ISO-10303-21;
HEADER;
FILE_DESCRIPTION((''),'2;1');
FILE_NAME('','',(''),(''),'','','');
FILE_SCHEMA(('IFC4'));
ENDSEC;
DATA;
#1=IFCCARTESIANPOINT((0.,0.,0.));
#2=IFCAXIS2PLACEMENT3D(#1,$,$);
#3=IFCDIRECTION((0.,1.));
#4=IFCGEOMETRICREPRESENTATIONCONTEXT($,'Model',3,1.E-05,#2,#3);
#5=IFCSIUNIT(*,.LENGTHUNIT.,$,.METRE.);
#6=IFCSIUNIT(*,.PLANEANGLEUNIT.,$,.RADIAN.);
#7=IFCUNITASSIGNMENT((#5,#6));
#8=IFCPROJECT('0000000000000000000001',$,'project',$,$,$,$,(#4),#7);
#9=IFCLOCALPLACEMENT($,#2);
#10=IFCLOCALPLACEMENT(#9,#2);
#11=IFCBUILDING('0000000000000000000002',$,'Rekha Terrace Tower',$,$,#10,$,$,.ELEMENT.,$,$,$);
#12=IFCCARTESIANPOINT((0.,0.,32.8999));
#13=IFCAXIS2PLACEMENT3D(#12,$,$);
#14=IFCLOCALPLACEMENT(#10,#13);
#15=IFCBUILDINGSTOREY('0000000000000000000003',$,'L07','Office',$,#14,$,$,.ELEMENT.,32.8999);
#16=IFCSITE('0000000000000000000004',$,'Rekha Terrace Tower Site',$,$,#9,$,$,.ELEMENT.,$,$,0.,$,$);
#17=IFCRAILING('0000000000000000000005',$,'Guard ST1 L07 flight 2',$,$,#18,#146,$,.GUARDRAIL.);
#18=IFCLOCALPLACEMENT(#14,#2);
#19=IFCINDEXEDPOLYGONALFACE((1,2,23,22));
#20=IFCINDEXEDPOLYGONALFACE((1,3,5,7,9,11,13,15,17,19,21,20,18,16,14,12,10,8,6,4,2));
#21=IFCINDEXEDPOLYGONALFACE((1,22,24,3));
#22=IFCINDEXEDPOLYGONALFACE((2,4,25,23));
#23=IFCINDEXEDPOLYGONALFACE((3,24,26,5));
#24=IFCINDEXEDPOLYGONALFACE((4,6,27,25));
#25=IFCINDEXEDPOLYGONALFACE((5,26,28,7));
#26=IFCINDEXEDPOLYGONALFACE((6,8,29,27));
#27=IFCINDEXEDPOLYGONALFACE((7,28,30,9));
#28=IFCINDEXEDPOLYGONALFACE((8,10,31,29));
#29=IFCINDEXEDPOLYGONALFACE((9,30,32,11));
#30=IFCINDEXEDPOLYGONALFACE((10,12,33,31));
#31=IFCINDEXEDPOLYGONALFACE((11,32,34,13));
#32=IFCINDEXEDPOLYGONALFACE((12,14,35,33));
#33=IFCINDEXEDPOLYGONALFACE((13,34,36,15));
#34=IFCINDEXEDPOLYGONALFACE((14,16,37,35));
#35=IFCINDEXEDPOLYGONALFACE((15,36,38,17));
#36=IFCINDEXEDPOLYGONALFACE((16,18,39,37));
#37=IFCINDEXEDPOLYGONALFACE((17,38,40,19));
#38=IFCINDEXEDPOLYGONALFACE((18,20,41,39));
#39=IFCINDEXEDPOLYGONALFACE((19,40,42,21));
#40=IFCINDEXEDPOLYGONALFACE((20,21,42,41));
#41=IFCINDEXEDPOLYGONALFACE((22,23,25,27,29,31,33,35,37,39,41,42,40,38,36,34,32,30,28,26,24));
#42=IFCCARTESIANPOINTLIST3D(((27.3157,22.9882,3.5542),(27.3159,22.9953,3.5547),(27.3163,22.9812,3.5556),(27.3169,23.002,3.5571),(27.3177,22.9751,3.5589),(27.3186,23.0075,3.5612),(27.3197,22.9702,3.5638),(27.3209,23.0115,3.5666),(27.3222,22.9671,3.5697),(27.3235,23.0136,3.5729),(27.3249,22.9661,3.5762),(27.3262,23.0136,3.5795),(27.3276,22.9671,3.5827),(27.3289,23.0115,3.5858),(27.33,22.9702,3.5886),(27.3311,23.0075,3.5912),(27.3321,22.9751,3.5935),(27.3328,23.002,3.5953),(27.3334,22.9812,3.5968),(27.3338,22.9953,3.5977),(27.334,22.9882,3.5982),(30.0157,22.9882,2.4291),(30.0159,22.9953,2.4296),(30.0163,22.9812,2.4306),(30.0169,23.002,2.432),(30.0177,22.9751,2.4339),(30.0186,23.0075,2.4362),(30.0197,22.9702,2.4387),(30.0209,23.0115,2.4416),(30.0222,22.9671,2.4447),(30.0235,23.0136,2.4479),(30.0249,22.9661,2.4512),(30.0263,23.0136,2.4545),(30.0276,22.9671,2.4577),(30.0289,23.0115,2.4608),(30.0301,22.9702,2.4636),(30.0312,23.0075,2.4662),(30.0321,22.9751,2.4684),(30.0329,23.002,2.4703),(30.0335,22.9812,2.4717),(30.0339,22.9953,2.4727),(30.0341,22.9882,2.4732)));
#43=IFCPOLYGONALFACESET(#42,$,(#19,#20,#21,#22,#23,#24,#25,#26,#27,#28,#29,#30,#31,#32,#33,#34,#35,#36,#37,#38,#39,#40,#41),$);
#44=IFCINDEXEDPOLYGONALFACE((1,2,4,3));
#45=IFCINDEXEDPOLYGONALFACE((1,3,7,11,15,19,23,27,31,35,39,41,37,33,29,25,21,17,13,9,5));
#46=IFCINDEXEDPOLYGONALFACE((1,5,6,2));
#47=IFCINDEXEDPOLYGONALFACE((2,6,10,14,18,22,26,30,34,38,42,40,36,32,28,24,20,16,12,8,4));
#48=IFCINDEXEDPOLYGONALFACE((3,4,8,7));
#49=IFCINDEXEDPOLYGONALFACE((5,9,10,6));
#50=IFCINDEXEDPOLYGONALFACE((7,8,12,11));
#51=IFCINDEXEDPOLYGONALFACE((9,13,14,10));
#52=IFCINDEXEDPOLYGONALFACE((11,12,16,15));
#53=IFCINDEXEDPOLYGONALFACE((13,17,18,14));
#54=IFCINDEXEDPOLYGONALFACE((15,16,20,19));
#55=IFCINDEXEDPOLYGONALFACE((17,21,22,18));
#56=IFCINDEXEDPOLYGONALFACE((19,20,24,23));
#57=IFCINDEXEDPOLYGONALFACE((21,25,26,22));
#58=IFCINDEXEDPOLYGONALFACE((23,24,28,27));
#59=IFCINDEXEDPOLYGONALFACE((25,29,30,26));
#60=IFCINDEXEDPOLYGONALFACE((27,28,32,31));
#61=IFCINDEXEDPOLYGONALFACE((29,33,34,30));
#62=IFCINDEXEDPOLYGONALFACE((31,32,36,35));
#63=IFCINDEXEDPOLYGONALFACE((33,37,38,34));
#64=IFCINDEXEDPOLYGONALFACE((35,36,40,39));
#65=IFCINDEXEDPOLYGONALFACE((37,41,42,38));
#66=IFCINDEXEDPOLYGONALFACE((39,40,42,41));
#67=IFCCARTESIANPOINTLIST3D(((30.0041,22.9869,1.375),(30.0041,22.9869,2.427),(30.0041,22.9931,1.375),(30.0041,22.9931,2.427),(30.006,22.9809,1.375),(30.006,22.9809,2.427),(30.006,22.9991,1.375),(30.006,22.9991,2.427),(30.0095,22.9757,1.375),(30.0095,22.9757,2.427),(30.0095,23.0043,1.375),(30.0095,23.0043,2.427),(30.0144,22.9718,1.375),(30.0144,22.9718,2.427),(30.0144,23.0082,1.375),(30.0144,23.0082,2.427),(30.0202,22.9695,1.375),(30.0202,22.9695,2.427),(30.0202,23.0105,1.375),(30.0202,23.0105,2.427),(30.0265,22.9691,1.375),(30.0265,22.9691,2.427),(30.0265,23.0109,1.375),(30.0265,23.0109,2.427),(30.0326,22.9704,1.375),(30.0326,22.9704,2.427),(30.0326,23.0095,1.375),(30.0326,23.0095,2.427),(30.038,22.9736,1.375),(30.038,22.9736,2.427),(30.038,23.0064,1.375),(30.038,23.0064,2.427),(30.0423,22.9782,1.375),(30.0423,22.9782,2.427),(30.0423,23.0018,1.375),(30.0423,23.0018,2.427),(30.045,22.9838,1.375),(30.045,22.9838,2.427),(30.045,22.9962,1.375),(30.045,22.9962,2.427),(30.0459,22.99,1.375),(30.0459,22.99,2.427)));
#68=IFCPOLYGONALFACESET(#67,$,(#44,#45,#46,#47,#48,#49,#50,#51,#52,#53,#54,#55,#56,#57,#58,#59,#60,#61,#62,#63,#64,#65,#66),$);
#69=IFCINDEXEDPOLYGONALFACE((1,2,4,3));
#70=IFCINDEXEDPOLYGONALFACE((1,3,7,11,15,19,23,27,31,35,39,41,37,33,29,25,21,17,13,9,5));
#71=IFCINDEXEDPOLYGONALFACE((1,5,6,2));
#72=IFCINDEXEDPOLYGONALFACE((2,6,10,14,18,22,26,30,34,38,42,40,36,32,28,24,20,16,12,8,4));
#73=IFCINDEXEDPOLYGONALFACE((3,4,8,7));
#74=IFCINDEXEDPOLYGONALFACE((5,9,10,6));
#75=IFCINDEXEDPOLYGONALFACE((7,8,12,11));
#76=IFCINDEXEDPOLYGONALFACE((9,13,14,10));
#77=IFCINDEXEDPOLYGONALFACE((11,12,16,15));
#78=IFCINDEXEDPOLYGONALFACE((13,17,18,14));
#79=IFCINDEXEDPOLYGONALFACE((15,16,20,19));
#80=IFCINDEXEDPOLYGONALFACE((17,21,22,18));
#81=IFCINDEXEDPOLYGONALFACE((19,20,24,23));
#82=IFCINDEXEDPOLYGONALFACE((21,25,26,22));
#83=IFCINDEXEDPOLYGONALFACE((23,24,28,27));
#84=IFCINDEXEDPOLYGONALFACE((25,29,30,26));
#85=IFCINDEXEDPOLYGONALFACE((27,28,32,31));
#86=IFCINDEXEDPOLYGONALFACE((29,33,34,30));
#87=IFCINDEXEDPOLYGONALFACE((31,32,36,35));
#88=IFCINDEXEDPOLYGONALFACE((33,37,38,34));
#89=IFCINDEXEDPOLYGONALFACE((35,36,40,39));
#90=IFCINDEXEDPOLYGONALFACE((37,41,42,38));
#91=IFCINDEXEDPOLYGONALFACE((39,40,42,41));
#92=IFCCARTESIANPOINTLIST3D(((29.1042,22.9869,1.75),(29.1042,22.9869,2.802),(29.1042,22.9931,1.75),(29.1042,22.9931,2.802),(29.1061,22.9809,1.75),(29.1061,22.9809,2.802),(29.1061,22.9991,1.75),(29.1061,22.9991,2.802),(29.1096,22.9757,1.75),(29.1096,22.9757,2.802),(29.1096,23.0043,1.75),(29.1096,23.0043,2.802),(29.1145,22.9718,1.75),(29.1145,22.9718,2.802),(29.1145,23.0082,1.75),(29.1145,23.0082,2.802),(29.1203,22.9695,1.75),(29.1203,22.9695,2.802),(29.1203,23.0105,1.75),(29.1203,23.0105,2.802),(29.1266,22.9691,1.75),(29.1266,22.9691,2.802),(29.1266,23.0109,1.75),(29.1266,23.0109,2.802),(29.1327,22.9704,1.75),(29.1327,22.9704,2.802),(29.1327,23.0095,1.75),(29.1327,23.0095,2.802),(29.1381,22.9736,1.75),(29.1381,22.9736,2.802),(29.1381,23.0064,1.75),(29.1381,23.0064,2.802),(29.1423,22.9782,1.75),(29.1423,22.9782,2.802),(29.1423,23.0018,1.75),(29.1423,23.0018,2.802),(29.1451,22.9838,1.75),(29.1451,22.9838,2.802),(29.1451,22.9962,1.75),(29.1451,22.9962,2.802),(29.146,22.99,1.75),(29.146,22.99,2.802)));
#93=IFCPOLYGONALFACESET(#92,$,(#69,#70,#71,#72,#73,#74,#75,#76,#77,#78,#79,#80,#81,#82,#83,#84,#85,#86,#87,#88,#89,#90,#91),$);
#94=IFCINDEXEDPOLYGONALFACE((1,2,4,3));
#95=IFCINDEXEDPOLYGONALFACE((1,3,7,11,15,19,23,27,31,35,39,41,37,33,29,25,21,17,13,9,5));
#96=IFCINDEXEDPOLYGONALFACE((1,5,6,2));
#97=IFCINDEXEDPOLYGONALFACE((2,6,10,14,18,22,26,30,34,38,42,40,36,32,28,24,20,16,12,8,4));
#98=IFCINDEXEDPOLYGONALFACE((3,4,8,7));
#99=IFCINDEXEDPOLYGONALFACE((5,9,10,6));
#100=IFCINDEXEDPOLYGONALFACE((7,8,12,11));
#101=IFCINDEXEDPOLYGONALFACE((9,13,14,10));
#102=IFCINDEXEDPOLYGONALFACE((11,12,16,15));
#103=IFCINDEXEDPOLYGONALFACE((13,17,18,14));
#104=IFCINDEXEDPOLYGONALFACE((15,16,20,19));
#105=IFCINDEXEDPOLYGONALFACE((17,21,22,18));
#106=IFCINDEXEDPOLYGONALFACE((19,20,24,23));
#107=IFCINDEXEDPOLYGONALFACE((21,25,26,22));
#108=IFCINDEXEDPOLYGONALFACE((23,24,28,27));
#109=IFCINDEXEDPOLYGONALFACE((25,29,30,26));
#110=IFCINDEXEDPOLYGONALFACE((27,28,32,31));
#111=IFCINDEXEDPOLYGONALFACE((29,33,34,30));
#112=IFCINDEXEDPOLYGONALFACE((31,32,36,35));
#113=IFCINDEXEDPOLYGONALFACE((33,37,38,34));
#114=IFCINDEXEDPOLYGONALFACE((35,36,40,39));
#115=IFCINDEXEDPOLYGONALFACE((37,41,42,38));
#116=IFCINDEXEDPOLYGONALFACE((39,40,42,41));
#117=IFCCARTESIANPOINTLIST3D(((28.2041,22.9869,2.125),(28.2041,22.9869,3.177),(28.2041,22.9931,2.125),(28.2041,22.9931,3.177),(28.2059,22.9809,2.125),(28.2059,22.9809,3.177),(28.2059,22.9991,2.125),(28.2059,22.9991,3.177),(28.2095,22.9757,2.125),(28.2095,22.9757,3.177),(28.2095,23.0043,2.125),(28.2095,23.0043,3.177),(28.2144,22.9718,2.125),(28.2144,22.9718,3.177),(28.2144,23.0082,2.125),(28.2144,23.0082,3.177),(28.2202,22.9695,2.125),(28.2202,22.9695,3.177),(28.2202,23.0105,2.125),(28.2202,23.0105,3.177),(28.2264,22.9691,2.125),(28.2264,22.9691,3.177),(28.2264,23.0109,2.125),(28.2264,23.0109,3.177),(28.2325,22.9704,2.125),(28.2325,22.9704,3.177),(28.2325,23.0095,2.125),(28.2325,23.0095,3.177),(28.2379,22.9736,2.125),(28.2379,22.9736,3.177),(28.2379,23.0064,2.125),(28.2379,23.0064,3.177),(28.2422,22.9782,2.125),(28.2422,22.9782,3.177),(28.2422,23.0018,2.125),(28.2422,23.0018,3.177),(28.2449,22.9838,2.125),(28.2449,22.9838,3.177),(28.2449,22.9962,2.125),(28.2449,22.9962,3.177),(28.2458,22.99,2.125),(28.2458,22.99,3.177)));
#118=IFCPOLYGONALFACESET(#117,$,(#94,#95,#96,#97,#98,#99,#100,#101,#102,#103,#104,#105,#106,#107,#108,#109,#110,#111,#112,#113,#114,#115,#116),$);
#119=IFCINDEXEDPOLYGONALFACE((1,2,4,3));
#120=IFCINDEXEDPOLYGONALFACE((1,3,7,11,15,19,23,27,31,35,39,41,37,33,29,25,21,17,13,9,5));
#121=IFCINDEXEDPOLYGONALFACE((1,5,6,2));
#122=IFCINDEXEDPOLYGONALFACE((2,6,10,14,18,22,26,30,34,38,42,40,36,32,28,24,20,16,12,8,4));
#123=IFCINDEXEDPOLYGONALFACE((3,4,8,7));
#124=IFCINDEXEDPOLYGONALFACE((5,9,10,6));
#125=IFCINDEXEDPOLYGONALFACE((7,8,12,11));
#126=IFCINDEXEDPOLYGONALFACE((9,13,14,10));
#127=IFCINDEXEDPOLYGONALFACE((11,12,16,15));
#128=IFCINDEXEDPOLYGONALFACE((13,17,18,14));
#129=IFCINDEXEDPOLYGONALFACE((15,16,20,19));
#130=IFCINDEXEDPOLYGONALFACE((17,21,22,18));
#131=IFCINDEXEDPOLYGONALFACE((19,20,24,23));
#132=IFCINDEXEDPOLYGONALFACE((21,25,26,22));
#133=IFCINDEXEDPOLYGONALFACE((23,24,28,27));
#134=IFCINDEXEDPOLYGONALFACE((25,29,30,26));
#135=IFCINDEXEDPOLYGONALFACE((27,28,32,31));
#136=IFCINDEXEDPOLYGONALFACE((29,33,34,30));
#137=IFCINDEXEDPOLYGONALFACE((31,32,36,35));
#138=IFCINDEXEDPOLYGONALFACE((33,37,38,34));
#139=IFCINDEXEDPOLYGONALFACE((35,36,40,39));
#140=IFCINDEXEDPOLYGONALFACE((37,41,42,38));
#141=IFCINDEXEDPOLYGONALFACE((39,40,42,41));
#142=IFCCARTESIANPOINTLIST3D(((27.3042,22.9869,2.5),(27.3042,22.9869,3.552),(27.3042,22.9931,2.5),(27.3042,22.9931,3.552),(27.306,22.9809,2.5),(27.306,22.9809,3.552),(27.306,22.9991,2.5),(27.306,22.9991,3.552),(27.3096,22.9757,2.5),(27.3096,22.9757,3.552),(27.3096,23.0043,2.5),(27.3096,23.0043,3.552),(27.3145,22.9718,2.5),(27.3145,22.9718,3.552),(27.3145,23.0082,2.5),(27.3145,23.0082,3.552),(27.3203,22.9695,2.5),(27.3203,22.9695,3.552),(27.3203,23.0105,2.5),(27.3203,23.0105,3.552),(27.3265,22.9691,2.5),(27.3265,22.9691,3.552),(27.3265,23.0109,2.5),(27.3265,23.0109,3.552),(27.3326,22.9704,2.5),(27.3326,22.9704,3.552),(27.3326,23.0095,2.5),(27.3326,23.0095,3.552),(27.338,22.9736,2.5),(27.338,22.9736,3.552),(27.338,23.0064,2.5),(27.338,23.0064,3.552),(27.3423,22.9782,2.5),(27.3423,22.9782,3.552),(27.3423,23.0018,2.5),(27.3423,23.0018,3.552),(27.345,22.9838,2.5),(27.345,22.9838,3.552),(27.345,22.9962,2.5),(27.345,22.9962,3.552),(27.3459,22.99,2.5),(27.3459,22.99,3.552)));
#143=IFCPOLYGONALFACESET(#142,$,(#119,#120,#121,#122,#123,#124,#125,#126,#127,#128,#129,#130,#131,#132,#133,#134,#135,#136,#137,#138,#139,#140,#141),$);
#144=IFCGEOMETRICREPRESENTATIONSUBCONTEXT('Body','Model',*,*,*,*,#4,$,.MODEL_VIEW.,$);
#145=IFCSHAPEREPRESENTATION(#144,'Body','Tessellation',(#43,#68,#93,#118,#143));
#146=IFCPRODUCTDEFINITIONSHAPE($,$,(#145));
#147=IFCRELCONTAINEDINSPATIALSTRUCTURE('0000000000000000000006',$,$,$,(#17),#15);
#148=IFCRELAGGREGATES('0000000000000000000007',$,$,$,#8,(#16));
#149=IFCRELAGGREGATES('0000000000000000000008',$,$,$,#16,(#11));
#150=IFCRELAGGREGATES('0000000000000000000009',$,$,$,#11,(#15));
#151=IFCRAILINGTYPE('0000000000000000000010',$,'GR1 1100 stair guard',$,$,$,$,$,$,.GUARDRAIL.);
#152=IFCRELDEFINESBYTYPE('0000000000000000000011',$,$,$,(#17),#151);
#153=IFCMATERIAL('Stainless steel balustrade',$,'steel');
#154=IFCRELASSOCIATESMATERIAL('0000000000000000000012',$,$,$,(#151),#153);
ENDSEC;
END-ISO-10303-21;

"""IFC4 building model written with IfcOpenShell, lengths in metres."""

from ifc_helpers import new_model, si_unit, direction, frame, origin, origin_2d, place, context, subcontext, project, spatial, circle, extrude, material, type_object, element, save


model = new_model("IFC4")

# Units and contexts
model_context = context("Model", 3, precision=1e-05, world=origin(), true_north=direction((0.0, 1.0)))
body_context = subcontext(model_context, "Body", "Model", "MODEL_VIEW")
ifc_project = project(units=[si_unit("LENGTHUNIT", "METRE"), si_unit("PLANEANGLEUNIT", "RADIAN")], contexts=[model_context])

# Site, building, storey
site_placement = place(None, origin())
site = spatial("IfcSite", under=ifc_project, at=site_placement, Name="Rekha Terrace Tower Site", CompositionType="ELEMENT", RefElevation=0.0)
building_placement = place(site_placement, origin())
building = spatial("IfcBuilding", under=site, at=building_placement, Name="Rekha Terrace Tower", CompositionType="ELEMENT")
storey_placement = place(building_placement, frame((0.0, 0.0, 32.8999)))
storey = spatial("IfcBuildingStorey", under=building, at=storey_placement, Name="L07", Description="Office", CompositionType="ELEMENT", Elevation=32.8999)

# Railing
ifc_material_1 = material(Name="Stainless steel balustrade", Category="steel")
railing_type_1 = type_object("IfcRailingType", Name="GR1 1100 stair guard", PredefinedType="GUARDRAIL", material=ifc_material_1)
railing_1_placement = place(storey_placement, frame((30.0249, 22.99, 1.375)))
element("IfcRailing", 1, at=railing_1_placement, inside=storey, type_object=railing_type_1, Name="Guard ST1 L07 flight 2", PredefinedType="GUARDRAIL", context=body_context, shape_type="SweptSolid", body=[
    extrude(circle(Radius=0.0239, at=origin_2d()), frame((0.0, 0.0, 1.0762), z_axis=(-0.923074, 0.0, 0.384621), x_axis=(0.0, -1.0, 0.0)), (0.0, 0.0, 1.0), 2.925),
    extrude(circle(Radius=0.021, at=origin_2d()), origin(), (0.0, 0.0, 1.0), 1.052),
    extrude(circle(Radius=0.021, at=origin_2d()), frame((-0.8999, 0.0, 0.375)), (0.0, 0.0, 1.0), 1.052),
    extrude(circle(Radius=0.021, at=origin_2d()), frame((-1.8, 0.0, 0.75)), (0.0, 0.0, 1.0), 1.052),
    extrude(circle(Radius=0.021, at=origin_2d()), frame((-2.7, 0.0, 1.125)), (0.0, 0.0, 1.0), 1.052),
])

save(model, "model.ifc")
